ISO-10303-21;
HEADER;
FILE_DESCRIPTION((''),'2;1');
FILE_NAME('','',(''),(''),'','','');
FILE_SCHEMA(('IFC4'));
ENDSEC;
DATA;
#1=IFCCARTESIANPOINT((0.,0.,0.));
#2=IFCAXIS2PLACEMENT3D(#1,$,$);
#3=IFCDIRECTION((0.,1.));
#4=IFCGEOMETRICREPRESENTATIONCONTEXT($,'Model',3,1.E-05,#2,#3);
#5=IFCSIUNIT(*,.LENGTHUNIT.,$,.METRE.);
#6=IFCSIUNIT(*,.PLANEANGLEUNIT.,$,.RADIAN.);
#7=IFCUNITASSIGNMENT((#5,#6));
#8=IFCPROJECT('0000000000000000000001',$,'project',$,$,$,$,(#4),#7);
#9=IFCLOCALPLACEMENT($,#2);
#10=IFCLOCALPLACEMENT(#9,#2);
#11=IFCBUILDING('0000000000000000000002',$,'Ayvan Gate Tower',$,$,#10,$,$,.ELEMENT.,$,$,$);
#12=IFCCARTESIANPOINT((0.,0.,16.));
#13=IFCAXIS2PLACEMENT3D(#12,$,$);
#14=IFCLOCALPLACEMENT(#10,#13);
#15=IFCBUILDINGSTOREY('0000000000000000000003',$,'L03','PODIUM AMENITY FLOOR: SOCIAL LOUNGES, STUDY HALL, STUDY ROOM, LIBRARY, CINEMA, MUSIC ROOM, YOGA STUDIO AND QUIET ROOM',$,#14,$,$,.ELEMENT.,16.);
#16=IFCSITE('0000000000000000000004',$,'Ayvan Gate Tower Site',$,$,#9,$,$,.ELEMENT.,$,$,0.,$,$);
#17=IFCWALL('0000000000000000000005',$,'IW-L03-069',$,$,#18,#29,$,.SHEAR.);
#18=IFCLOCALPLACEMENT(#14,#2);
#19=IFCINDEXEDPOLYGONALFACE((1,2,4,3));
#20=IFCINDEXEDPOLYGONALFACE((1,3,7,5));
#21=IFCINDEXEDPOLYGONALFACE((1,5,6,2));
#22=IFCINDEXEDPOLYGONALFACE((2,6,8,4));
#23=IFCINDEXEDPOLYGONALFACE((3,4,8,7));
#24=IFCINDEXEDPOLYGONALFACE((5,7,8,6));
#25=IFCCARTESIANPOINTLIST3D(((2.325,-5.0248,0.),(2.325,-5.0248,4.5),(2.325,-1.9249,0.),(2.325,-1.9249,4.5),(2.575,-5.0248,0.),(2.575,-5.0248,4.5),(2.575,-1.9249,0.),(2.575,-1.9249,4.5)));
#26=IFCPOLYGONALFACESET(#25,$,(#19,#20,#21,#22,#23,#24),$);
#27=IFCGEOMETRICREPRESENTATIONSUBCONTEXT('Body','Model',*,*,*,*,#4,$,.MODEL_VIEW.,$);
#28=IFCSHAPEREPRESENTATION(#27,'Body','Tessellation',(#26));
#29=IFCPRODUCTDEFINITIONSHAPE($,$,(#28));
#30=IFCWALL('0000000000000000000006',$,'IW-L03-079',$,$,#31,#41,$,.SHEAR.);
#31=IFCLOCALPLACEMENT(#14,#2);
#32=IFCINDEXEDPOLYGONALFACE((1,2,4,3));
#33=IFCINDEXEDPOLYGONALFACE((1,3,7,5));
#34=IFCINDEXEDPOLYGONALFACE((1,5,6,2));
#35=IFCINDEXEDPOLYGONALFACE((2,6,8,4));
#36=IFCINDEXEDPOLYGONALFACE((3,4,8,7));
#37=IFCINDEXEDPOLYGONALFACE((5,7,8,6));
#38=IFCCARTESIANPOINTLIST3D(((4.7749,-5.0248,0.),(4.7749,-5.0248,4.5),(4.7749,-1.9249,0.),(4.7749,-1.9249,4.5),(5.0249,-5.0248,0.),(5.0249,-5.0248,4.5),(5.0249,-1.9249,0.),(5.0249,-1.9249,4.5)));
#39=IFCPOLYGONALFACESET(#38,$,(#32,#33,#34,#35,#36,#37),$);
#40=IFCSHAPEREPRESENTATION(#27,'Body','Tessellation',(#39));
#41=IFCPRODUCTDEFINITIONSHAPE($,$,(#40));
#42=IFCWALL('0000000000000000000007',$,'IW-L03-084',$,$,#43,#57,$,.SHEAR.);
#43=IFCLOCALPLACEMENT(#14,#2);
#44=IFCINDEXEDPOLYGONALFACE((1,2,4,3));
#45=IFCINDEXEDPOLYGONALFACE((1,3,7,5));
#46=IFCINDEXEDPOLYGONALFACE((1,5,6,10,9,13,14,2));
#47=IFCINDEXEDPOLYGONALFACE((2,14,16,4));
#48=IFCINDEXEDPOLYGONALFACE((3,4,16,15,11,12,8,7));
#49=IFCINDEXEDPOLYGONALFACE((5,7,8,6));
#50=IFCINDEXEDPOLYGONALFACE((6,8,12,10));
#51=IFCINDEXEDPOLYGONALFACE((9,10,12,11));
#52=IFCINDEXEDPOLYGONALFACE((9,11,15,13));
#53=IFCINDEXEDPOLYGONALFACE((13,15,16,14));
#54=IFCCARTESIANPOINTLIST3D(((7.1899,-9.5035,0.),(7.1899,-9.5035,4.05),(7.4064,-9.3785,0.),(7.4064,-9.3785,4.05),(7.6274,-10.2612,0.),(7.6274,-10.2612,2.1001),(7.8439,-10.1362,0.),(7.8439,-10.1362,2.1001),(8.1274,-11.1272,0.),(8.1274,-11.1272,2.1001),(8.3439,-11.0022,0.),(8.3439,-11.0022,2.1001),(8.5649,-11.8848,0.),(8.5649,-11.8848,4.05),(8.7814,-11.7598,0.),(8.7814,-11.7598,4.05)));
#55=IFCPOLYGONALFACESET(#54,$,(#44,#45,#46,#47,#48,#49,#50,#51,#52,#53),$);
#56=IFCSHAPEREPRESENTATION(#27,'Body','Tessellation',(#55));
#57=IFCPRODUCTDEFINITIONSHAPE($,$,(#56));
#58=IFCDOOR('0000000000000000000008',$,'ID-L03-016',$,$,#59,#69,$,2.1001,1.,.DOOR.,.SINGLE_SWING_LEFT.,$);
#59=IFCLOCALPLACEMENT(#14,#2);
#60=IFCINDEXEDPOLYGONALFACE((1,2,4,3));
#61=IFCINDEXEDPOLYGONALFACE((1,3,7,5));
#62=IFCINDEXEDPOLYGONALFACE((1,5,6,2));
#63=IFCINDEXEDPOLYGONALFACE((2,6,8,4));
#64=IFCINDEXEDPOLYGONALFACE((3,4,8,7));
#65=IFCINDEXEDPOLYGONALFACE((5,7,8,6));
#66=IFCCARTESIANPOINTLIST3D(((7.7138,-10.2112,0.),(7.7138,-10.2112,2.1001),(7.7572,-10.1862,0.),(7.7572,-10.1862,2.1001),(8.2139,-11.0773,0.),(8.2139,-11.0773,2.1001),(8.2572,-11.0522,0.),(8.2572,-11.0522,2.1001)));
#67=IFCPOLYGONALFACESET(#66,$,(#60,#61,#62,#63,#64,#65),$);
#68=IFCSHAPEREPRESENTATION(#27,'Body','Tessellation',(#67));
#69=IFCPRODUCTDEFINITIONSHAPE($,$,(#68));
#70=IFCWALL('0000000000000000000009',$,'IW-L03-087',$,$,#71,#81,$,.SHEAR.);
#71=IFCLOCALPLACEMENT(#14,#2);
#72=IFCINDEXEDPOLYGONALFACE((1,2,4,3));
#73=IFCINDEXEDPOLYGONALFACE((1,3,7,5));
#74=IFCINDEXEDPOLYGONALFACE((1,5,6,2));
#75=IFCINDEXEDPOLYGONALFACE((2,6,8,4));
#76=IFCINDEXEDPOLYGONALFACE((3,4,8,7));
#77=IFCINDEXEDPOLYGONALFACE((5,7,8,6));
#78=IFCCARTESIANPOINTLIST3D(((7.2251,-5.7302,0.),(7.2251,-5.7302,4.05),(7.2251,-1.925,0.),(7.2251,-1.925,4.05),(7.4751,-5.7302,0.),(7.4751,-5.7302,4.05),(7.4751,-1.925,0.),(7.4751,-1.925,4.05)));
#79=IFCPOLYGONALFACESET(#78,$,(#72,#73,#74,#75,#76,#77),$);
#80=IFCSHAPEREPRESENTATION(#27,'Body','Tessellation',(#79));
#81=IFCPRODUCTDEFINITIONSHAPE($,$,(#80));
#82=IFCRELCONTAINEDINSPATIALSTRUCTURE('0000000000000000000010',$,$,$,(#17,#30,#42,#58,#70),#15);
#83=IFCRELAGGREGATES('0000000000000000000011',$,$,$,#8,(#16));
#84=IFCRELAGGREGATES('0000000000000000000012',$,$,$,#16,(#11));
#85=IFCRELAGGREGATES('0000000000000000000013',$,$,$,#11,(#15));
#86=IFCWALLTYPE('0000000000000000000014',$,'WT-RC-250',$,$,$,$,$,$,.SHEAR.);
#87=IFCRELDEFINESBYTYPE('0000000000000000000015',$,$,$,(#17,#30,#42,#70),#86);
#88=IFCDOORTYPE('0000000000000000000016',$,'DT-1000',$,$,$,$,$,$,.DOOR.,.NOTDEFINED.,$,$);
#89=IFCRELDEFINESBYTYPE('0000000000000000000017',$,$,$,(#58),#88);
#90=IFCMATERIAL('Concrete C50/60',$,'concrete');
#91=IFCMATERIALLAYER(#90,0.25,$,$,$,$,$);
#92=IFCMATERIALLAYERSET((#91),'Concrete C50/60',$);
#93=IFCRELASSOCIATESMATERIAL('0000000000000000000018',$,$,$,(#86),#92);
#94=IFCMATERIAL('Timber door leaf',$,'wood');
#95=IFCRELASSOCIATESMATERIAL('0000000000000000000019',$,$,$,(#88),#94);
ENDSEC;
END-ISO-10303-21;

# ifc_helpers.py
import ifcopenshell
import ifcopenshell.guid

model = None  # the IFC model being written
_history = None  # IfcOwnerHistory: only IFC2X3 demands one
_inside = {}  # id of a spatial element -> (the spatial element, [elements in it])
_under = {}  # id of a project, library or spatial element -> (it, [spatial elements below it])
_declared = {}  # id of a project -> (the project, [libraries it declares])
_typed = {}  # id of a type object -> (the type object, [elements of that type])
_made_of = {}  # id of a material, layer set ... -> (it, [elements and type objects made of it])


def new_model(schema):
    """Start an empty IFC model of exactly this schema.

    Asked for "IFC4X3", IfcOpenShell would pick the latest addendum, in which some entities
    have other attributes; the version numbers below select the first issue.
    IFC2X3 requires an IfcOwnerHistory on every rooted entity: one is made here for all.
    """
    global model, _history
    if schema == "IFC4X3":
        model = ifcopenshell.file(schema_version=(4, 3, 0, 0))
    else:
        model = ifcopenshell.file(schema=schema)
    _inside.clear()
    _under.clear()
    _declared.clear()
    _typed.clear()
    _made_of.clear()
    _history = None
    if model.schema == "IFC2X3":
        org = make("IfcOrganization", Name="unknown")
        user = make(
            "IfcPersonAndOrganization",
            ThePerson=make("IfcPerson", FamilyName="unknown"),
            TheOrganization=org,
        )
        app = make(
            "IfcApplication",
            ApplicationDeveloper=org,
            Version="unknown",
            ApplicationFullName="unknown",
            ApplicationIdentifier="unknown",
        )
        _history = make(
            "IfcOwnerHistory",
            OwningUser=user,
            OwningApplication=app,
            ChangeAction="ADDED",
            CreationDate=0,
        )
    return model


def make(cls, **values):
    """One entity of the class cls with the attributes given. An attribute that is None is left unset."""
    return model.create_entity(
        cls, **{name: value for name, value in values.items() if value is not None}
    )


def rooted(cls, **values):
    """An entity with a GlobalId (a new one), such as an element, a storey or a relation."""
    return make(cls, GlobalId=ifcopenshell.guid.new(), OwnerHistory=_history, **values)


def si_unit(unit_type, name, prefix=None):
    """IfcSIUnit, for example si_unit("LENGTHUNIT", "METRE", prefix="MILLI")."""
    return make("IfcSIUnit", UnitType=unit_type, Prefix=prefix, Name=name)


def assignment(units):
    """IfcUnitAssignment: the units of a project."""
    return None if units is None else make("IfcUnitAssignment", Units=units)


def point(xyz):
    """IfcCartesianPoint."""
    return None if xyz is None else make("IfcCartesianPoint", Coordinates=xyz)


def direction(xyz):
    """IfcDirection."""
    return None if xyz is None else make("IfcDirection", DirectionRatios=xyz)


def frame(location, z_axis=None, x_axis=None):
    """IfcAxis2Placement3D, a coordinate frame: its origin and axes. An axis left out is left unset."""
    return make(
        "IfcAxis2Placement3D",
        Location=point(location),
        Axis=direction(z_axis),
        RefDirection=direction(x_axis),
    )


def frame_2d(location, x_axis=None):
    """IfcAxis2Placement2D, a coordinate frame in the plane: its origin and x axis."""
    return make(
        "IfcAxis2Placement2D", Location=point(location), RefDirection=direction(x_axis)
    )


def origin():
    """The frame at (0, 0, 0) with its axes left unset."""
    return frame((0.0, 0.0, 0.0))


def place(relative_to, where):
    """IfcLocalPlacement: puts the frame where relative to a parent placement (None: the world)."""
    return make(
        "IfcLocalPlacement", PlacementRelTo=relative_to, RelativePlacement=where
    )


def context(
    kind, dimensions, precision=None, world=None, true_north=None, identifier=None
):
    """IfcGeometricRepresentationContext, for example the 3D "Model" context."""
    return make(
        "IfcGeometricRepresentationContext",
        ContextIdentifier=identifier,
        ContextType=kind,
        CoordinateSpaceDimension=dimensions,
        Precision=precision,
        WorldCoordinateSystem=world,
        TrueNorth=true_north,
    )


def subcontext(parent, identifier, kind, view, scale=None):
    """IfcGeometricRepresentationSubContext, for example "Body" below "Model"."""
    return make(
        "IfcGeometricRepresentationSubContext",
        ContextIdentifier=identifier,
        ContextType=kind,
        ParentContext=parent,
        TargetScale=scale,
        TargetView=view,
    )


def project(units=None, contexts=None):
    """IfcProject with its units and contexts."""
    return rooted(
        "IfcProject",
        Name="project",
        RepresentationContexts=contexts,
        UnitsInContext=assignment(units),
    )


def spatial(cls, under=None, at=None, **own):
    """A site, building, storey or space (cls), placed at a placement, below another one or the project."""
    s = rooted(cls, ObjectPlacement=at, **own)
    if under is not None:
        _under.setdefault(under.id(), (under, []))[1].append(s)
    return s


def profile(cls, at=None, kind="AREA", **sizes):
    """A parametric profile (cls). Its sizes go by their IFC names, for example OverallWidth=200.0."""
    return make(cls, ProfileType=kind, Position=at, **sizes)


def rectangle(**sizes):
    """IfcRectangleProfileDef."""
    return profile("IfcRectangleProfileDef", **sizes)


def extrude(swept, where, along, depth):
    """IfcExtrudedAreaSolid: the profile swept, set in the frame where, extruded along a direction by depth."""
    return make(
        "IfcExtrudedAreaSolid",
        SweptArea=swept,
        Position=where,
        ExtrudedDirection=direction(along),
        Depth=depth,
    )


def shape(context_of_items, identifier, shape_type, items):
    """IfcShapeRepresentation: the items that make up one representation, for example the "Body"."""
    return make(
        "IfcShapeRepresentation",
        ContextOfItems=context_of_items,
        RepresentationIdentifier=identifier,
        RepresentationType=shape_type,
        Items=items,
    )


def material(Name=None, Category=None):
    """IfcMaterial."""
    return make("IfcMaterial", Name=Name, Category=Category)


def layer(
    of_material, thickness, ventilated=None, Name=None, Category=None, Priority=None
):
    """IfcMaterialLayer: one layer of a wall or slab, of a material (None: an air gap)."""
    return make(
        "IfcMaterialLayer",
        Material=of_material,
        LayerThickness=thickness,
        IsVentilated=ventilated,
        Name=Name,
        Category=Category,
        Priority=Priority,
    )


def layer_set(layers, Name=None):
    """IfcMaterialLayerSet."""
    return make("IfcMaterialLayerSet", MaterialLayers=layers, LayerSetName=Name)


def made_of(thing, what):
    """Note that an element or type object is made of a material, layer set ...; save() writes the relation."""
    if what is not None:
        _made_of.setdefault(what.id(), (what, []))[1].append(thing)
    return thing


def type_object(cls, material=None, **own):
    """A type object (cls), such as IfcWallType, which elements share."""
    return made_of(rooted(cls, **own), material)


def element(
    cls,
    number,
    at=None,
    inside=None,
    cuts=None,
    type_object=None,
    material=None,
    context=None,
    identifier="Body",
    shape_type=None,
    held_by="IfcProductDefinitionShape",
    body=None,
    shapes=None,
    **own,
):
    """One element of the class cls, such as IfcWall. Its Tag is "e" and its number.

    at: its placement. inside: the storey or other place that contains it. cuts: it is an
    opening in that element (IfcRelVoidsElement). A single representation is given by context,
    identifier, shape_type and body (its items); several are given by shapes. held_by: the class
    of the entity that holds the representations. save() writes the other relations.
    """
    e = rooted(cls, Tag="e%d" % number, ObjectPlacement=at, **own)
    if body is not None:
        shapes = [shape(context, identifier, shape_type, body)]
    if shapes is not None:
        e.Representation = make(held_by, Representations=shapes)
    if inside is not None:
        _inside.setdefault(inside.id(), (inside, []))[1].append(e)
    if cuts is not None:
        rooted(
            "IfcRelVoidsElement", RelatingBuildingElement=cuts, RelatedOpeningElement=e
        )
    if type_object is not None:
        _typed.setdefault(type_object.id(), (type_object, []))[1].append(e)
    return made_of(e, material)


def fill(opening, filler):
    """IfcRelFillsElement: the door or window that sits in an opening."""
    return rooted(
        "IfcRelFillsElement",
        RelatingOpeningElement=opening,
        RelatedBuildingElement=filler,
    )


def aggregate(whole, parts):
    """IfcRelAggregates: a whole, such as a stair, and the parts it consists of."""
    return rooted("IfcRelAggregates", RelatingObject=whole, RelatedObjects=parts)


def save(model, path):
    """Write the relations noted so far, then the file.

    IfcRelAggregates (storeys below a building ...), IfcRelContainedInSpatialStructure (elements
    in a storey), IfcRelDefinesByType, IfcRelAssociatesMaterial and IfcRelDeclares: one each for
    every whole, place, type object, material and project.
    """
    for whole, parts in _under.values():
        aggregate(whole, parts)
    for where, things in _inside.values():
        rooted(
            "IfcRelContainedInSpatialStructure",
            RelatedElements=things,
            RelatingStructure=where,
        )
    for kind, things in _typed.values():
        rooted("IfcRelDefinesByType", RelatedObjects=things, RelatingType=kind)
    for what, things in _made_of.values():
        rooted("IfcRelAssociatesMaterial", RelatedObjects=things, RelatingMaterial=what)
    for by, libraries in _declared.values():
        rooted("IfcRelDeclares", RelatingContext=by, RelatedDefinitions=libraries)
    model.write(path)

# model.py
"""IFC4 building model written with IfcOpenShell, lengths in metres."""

from ifc_helpers import new_model, si_unit, direction, frame, frame_2d, origin, place, context, subcontext, project, spatial, rectangle, extrude, material, layer, layer_set, type_object, element, fill, save


model = new_model("IFC4")

# Units and contexts
model_context = context("Model", 3, precision=1e-05, world=origin(), true_north=direction((0.0, 1.0)))
body_context = subcontext(model_context, "Body", "Model", "MODEL_VIEW")
ifc_project = project(units=[si_unit("LENGTHUNIT", "METRE"), si_unit("PLANEANGLEUNIT", "RADIAN")], contexts=[model_context])

# Site, building, storey
site_placement = place(None, origin())
site = spatial("IfcSite", under=ifc_project, at=site_placement, Name="Ayvan Gate Tower Site", CompositionType="ELEMENT", RefElevation=0.0)
building_placement = place(site_placement, origin())
building = spatial("IfcBuilding", under=site, at=building_placement, Name="Ayvan Gate Tower", CompositionType="ELEMENT")
storey_placement = place(building_placement, frame((0.0, 0.0, 16.0)))
storey = spatial("IfcBuildingStorey", under=building, at=storey_placement, Name="L03", Description="PODIUM AMENITY FLOOR: SOCIAL LOUNGES, STUDY HALL, STUDY ROOM, LIBRARY, CINEMA, MUSIC ROOM, YOGA STUDIO AND QUIET ROOM", CompositionType="ELEMENT", Elevation=16.0)

# Shared definitions
ifc_material_1 = material(Name="Timber door leaf", Category="wood")

# Shared definitions
ifc_material_2 = material(Name="Concrete C50/60", Category="concrete")
ifc_layer_1 = layer(ifc_material_2, 0.25)
ifc_layer_set_1 = layer_set([ifc_layer_1], Name="Concrete C50/60")
wall_type_1 = type_object("IfcWallType", Name="WT-RC-250", PredefinedType="SHEAR", material=ifc_layer_set_1)

# Shared definitions
door_type_1 = type_object("IfcDoorType", Name="DT-1000", OperationType="NOTDEFINED", PredefinedType="DOOR", material=ifc_material_1)

# Walls
for number, where, z_axis, x_axis, name in (
    (1, (2.45, -1.925, 0.0), (0.0, 0.0, 1.0), (0.0, -1.0, 0.0), "IW-L03-069"),
    (2, (4.8999, -1.925, 0.0), (0.0, 0.0, 1.0), (0.0, -1.0, 0.0), "IW-L03-079"),
):
    element("IfcWall", number, at=place(storey_placement, frame(where, z_axis=z_axis, x_axis=x_axis)), inside=storey, type_object=wall_type_1, Name=name, PredefinedType="SHEAR", context=body_context, shape_type="SweptSolid", body=[
        extrude(rectangle(XDim=3.0999, YDim=0.25, at=frame_2d((1.5498, 0.0))), origin(), (0.0, 0.0, 1.0), 4.5),
    ])

# Wall, opening, door
wall_1_placement = place(storey_placement, frame((7.2981, -9.4409, 0.0), z_axis=(0.0, 0.0, 1.0), x_axis=(0.500035, -0.866005, 0.0)))
wall_1 = element("IfcWall", 3, at=wall_1_placement, inside=storey, type_object=wall_type_1, Name="IW-L03-084", PredefinedType="SHEAR", context=body_context, shape_type="SweptSolid", body=[
    extrude(rectangle(XDim=2.7498, YDim=0.25, at=frame_2d((1.375, 0.0))), origin(), (0.0, 0.0, 1.0), 4.05),
])
opening_1_placement = place(wall_1_placement, frame((0.875, 0.0, 0.0)))
opening_1 = element("IfcOpeningElement", 4, at=opening_1_placement, cuts=wall_1, PredefinedType="OPENING", context=body_context, shape_type="SweptSolid", body=[
    extrude(rectangle(XDim=1.0, YDim=2.1001, at=frame_2d((0.5, 1.05))), frame((0.0, 0.135, 0.0), z_axis=(0.0, -1.0, 0.0), x_axis=(1.0, 0.0, 0.0)), (0.0, 0.0, 1.0), 0.27),
])
door_1_placement = place(opening_1_placement, origin())
door_1 = element("IfcDoor", 5, at=door_1_placement, inside=storey, type_object=door_type_1, Name="ID-L03-016", OperationType="SINGLE_SWING_LEFT", OverallHeight=2.1001, OverallWidth=1.0, PredefinedType="DOOR", context=body_context, shape_type="SweptSolid", body=[
    extrude(rectangle(XDim=1.0, YDim=2.1001, at=frame_2d((0.5, 1.05))), frame((0.0, 0.0249, 0.0), z_axis=(0.0, -1.0, 0.0), x_axis=(1.0, 0.0, 0.0)), (0.0, 0.0, 1.0), 0.05),
])
fill(opening_1, door_1)

# Wall
wall_2_placement = place(storey_placement, frame((7.3501, -1.925, 0.0), z_axis=(0.0, 0.0, 1.0), x_axis=(0.0, -1.0, 0.0)))
element("IfcWall", 6, at=wall_2_placement, inside=storey, type_object=wall_type_1, Name="IW-L03-087", PredefinedType="SHEAR", context=body_context, shape_type="SweptSolid", body=[
    extrude(rectangle(XDim=3.8052, YDim=0.25, at=frame_2d((1.9026, 0.0))), origin(), (0.0, 0.0, 1.0), 4.05),
])

save(model, "model.ifc")
